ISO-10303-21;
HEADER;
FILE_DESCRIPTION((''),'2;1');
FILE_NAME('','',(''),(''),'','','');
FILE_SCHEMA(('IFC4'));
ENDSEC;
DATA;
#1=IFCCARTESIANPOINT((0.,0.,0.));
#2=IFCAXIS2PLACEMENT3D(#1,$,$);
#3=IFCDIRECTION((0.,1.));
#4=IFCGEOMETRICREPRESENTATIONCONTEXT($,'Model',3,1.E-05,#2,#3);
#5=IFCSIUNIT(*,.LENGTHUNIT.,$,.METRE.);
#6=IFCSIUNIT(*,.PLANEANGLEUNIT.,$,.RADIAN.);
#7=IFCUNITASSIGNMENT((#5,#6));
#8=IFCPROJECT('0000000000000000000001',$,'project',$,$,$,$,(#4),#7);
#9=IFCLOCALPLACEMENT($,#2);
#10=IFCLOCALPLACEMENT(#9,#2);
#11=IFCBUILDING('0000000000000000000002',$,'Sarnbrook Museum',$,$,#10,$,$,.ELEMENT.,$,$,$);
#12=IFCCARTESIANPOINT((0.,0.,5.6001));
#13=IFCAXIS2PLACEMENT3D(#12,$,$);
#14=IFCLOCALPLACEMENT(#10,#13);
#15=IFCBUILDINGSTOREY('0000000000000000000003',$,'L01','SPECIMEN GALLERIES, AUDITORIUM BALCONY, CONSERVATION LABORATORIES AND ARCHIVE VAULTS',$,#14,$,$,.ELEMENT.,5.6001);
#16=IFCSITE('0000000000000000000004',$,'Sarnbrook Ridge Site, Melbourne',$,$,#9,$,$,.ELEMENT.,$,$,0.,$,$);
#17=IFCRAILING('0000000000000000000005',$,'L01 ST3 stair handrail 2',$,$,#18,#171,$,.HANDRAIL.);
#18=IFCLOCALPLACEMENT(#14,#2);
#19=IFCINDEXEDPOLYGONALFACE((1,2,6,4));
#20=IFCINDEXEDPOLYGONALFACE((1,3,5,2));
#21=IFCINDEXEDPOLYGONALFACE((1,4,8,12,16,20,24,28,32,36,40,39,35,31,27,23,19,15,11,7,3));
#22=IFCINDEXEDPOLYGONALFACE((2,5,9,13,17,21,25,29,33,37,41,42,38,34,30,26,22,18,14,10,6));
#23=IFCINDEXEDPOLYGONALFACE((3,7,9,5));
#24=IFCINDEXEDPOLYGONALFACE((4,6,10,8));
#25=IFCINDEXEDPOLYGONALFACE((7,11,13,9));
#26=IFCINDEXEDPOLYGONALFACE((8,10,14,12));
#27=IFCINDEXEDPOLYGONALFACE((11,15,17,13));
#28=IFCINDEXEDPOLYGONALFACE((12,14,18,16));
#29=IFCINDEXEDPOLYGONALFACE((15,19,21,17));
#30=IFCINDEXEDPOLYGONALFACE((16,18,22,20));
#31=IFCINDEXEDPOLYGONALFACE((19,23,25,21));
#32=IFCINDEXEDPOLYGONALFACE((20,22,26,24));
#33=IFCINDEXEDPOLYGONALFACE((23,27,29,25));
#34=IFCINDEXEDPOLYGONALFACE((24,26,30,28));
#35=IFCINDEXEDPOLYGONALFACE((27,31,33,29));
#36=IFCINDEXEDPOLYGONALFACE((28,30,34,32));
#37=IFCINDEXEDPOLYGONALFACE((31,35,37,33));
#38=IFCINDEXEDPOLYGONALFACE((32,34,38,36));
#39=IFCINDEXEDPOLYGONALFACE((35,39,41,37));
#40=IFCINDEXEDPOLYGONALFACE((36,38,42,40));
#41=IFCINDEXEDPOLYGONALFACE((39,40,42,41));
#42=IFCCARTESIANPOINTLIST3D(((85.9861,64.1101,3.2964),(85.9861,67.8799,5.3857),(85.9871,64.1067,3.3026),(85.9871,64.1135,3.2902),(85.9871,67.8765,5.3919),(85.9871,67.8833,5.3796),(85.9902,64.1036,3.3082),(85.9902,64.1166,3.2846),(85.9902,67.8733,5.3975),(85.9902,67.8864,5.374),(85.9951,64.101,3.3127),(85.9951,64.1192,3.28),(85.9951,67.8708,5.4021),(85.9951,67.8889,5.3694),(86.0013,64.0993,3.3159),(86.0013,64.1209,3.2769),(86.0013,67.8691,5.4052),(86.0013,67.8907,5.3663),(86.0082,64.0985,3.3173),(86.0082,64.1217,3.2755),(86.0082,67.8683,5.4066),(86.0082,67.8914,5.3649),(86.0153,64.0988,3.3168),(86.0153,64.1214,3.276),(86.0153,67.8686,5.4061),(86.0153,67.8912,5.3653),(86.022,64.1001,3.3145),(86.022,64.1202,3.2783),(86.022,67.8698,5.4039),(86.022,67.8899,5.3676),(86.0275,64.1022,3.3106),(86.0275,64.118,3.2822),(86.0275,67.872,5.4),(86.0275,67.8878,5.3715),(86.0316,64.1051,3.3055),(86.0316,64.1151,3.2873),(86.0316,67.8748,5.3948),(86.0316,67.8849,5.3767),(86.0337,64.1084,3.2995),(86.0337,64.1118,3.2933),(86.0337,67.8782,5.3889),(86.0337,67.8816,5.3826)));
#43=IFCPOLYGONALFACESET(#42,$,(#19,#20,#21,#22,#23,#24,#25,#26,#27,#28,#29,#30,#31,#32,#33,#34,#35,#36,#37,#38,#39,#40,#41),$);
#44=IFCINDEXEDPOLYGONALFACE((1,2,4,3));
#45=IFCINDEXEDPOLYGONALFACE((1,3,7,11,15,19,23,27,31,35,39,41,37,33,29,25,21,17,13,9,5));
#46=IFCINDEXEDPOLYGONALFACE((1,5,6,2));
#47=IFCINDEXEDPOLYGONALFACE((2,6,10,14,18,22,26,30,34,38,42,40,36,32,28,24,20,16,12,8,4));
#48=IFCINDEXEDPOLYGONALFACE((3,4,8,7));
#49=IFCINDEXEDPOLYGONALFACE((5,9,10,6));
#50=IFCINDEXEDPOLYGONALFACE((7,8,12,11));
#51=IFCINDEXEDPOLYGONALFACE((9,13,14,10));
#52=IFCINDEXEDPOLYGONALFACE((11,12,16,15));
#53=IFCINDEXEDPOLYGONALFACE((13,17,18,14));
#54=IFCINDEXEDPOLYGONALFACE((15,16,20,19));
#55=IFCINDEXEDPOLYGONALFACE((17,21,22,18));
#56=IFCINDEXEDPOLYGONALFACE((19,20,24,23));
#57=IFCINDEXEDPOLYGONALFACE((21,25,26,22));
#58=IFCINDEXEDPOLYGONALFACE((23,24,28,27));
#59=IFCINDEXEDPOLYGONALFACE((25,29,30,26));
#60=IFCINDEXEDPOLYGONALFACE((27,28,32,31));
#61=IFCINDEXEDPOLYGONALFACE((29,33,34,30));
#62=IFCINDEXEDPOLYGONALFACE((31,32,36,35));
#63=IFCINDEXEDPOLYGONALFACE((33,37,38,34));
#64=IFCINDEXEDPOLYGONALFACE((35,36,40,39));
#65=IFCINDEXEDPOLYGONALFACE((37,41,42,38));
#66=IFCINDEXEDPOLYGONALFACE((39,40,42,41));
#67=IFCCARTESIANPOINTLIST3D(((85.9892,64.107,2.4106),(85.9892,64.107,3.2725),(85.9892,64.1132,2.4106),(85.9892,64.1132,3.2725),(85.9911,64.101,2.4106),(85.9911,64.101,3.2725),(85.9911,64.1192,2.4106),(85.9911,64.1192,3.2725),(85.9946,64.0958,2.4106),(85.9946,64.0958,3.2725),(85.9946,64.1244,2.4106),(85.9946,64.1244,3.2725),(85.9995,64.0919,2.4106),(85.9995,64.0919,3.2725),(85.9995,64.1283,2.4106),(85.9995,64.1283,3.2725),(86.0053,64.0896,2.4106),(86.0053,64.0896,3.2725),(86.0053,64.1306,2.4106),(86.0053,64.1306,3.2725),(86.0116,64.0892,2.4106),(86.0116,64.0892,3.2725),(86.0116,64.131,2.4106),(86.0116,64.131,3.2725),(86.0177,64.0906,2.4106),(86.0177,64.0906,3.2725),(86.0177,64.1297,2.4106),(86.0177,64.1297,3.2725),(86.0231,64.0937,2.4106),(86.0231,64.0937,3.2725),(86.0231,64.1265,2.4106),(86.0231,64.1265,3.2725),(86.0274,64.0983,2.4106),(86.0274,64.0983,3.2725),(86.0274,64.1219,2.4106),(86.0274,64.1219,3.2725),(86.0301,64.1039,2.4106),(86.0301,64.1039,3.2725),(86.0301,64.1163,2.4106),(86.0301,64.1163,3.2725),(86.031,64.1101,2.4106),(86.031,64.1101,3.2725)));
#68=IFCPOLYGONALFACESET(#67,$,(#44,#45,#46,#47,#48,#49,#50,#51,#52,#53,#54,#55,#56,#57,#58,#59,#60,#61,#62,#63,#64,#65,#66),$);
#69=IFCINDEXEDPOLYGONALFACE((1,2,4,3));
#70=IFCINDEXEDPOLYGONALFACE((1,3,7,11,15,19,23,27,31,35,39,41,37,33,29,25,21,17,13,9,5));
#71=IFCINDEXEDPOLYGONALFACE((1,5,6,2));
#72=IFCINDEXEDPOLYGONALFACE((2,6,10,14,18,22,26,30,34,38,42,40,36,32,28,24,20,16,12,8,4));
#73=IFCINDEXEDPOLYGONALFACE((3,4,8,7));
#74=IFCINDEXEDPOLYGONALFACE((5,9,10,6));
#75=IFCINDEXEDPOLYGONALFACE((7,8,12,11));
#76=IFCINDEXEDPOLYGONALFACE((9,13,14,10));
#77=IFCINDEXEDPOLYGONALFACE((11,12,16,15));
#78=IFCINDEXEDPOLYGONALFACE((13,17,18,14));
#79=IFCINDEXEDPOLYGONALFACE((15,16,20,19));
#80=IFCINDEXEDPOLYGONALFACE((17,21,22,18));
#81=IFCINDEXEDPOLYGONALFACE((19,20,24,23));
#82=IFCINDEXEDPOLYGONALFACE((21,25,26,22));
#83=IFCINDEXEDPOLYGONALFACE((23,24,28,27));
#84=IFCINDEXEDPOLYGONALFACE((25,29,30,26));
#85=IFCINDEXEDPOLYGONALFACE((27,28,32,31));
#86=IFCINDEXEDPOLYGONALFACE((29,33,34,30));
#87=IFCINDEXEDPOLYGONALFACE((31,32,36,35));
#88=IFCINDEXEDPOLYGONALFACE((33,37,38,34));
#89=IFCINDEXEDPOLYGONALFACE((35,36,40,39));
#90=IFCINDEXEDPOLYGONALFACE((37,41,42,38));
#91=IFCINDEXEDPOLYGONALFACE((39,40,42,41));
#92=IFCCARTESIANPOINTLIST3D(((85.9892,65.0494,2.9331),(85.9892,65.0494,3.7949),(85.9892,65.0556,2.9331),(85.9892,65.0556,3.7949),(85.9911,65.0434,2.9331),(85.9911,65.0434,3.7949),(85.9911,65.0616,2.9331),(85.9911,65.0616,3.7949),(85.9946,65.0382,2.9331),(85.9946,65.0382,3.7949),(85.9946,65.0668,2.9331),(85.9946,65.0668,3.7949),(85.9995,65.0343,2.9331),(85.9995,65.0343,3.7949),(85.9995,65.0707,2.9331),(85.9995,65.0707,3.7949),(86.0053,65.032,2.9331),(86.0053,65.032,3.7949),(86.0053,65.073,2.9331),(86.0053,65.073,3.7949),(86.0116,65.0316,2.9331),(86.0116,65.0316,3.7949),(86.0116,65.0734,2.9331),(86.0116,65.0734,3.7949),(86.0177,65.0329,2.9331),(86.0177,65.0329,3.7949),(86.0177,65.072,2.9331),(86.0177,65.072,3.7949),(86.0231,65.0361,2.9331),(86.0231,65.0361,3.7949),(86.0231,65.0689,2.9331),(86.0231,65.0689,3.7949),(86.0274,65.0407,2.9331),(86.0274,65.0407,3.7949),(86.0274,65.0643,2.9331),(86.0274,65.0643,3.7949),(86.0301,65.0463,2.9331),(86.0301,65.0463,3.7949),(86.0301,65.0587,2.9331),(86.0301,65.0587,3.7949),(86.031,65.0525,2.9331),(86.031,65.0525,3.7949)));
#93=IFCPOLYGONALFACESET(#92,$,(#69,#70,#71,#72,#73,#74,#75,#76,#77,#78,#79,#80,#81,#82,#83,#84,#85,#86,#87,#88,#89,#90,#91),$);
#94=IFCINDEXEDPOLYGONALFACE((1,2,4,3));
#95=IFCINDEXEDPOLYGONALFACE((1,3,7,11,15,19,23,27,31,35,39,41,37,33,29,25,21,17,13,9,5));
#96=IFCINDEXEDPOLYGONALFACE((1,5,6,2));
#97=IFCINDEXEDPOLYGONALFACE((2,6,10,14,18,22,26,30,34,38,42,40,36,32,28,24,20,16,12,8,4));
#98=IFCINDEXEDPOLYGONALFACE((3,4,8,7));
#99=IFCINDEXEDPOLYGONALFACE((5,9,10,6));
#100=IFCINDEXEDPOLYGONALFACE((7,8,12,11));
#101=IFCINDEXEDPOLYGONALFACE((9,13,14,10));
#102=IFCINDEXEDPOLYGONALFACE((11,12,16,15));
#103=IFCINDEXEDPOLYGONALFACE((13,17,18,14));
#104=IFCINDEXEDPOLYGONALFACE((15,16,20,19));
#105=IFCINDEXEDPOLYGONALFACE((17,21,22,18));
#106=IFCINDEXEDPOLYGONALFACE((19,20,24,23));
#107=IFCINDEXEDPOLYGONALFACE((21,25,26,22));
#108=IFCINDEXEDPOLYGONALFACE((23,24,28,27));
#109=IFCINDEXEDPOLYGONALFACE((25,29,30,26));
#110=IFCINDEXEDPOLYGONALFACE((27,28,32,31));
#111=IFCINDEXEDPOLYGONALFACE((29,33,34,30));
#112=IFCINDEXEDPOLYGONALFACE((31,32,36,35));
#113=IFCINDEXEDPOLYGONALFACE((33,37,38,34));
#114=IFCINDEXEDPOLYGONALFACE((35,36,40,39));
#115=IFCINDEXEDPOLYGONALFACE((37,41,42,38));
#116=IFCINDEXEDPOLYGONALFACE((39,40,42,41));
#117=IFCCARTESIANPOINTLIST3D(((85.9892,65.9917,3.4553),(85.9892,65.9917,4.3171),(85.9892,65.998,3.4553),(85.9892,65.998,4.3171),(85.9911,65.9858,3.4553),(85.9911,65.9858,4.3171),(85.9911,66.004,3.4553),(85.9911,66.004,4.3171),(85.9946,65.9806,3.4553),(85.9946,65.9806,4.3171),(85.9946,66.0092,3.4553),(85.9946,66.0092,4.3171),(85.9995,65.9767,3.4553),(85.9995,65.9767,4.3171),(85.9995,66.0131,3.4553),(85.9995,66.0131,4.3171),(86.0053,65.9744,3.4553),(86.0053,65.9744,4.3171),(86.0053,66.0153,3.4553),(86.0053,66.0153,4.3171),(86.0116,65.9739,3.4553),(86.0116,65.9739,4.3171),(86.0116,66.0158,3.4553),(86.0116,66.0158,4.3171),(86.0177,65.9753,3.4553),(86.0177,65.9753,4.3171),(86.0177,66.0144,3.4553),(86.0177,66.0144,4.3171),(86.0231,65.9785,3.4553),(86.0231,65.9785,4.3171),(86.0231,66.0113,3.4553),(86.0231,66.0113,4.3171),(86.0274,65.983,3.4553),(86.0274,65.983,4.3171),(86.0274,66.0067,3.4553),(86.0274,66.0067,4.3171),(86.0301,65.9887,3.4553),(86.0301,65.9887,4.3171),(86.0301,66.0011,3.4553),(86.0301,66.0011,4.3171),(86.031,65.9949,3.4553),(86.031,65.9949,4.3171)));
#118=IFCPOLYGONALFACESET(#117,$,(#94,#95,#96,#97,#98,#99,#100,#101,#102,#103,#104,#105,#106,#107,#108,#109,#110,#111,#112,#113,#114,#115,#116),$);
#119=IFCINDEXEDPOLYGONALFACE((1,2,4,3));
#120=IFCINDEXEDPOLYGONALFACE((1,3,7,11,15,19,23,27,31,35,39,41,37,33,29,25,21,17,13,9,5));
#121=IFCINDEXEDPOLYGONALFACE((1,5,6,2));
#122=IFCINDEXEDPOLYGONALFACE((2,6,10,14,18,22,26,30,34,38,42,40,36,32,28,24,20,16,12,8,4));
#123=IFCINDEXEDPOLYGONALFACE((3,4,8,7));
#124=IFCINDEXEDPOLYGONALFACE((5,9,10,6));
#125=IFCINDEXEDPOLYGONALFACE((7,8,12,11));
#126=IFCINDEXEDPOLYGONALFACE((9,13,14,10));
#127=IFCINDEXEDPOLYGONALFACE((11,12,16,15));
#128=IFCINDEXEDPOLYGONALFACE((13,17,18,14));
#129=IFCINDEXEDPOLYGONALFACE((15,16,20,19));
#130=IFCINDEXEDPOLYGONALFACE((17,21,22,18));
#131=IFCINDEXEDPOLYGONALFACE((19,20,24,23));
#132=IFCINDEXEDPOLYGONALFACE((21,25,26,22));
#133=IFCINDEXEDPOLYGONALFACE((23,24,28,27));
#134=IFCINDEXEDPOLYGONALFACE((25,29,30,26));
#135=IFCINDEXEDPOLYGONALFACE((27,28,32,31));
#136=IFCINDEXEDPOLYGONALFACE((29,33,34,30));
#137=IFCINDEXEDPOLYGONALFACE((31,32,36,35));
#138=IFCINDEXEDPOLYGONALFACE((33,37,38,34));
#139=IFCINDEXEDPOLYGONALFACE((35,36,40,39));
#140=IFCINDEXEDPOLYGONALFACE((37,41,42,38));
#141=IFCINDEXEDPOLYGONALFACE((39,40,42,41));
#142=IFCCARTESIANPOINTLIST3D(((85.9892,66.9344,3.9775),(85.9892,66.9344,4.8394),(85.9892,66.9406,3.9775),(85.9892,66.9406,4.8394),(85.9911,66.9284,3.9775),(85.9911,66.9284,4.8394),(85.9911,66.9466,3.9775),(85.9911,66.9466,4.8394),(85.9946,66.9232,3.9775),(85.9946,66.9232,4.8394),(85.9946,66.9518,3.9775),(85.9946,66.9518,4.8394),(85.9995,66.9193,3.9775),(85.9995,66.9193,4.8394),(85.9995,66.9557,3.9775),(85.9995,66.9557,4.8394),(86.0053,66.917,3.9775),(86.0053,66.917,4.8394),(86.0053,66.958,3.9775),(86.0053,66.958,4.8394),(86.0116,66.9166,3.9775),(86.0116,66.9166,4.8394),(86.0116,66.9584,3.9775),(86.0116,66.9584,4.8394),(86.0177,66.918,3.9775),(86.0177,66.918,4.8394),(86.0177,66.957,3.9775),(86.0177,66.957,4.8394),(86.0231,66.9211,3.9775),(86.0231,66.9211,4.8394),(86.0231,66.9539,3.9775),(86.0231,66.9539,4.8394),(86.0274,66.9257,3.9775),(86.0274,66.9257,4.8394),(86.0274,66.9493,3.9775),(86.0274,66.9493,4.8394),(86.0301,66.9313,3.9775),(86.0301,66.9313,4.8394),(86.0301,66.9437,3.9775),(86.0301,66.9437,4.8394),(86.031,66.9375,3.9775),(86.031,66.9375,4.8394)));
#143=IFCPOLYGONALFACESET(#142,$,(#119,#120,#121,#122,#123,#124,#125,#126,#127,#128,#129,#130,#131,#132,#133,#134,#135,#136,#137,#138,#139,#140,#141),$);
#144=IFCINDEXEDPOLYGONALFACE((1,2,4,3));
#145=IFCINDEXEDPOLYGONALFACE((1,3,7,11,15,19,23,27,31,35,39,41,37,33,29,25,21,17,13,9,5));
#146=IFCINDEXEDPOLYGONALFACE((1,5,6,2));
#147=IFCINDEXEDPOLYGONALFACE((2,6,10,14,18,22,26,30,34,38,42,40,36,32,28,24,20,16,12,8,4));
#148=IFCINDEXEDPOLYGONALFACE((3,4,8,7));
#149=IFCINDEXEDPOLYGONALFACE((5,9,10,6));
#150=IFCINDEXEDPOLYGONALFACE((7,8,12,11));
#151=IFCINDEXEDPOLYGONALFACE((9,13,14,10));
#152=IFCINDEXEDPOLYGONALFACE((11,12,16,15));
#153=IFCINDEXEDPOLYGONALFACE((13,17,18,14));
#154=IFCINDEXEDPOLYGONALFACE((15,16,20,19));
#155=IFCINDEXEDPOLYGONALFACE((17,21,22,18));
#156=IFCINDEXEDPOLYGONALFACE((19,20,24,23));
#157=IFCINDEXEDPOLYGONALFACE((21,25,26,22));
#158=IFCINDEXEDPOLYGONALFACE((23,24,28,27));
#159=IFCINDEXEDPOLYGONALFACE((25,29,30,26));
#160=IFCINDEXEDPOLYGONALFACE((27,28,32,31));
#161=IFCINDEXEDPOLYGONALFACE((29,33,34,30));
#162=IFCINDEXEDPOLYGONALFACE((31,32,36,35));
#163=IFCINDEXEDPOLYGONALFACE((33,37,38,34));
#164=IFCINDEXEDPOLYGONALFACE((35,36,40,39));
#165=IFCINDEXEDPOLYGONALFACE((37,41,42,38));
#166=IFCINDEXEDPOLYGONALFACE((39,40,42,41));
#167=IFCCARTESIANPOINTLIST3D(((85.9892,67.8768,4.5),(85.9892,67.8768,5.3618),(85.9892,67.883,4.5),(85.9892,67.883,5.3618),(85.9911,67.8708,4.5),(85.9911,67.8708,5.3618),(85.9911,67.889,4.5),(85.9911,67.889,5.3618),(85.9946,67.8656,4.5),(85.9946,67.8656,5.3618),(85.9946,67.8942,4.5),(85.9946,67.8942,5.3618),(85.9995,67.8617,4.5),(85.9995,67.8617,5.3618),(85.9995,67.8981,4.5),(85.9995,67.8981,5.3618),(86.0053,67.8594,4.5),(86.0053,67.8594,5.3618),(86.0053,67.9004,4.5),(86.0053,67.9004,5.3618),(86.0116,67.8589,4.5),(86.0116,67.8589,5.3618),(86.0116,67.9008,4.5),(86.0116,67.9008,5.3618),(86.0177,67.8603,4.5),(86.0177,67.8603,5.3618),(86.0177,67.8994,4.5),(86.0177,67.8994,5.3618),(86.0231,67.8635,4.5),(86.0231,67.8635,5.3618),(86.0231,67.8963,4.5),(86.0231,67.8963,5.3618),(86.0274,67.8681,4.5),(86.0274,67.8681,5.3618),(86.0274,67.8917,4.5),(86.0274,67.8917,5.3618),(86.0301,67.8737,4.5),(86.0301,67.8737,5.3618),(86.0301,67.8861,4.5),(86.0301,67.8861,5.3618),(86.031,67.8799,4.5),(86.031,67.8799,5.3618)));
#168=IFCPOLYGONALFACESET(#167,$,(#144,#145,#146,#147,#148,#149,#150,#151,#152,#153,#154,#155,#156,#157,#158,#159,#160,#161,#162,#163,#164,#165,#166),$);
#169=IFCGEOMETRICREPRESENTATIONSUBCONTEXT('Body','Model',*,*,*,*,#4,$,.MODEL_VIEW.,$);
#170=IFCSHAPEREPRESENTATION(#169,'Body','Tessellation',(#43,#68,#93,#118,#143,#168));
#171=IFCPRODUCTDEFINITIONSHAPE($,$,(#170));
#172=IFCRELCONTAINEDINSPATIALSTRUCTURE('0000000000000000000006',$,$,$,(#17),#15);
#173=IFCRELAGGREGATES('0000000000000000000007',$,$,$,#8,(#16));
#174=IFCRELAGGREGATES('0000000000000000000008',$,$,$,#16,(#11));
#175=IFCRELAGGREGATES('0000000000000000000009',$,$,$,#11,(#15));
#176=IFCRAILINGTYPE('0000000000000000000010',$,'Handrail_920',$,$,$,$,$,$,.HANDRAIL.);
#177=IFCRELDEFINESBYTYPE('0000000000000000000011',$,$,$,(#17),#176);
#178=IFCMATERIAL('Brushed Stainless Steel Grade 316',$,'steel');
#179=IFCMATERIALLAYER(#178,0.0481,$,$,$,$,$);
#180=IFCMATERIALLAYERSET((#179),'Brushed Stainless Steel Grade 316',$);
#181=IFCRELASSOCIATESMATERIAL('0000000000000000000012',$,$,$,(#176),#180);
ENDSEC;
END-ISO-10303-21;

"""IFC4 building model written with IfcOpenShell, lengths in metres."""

from ifc_helpers import new_model, si_unit, direction, frame, origin, origin_2d, place, context, subcontext, project, spatial, circle, extrude, material, layer, layer_set, type_object, element, save


model = new_model("IFC4")

# Units and contexts
model_context = context("Model", 3, precision=1e-05, world=origin(), true_north=direction((0.0, 1.0)))
body_context = subcontext(model_context, "Body", "Model", "MODEL_VIEW")
ifc_project = project(units=[si_unit("LENGTHUNIT", "METRE"), si_unit("PLANEANGLEUNIT", "RADIAN")], contexts=[model_context])

# Site, building, storey
site_placement = place(None, origin())
site = spatial("IfcSite", under=ifc_project, at=site_placement, Name="Sarnbrook Ridge Site, Melbourne", CompositionType="ELEMENT", RefElevation=0.0)
building_placement = place(site_placement, origin())
building = spatial("IfcBuilding", under=site, at=building_placement, Name="Sarnbrook Museum", CompositionType="ELEMENT")
storey_placement = place(building_placement, frame((0.0, 0.0, 5.6001)))
storey = spatial("IfcBuildingStorey", under=building, at=storey_placement, Name="L01", Description="SPECIMEN GALLERIES, AUDITORIUM BALCONY, CONSERVATION LABORATORIES AND ARCHIVE VAULTS", CompositionType="ELEMENT", Elevation=5.6001)

# Shared definitions
ifc_material_1 = material(Name="Brushed Stainless Steel Grade 316", Category="steel")

# Railing
ifc_layer_1 = layer(ifc_material_1, 0.0481)
ifc_layer_set_1 = layer_set([ifc_layer_1], Name="Brushed Stainless Steel Grade 316")
railing_type_1 = type_object("IfcRailingType", Name="Handrail_920", PredefinedType="HANDRAIL", material=ifc_layer_set_1)
railing_1_placement = place(storey_placement, frame((86.01, 64.1101, 2.4106)))
element("IfcRailing", 1, at=railing_1_placement, inside=storey, type_object=railing_type_1, Name="L01 ST3 stair handrail 2", PredefinedType="HANDRAIL", context=body_context, shape_type="SweptSolid", body=[
    extrude(circle(Radius=0.0239, at=origin_2d()), frame((0.0, 0.0, 0.8857), z_axis=(0.0, 0.874646, 0.484763), x_axis=(-1.0, 0.0, 0.0)), (0.0, 0.0, 1.0), 4.3101),
    extrude(circle(Radius=0.021, at=origin_2d()), origin(), (0.0, 0.0, 1.0), 0.8618),
    extrude(circle(Radius=0.021, at=origin_2d()), frame((0.0, 0.9424, 0.5225)), (0.0, 0.0, 1.0), 0.8618),
    extrude(circle(Radius=0.021, at=origin_2d()), frame((0.0, 1.8848, 1.0447)), (0.0, 0.0, 1.0), 0.8618),
    extrude(circle(Radius=0.021, at=origin_2d()), frame((0.0, 2.8274, 1.5669)), (0.0, 0.0, 1.0), 0.8618),
    extrude(circle(Radius=0.021, at=origin_2d()), frame((0.0, 3.7698, 2.0894)), (0.0, 0.0, 1.0), 0.8618),
])

save(model, "model.ifc")
